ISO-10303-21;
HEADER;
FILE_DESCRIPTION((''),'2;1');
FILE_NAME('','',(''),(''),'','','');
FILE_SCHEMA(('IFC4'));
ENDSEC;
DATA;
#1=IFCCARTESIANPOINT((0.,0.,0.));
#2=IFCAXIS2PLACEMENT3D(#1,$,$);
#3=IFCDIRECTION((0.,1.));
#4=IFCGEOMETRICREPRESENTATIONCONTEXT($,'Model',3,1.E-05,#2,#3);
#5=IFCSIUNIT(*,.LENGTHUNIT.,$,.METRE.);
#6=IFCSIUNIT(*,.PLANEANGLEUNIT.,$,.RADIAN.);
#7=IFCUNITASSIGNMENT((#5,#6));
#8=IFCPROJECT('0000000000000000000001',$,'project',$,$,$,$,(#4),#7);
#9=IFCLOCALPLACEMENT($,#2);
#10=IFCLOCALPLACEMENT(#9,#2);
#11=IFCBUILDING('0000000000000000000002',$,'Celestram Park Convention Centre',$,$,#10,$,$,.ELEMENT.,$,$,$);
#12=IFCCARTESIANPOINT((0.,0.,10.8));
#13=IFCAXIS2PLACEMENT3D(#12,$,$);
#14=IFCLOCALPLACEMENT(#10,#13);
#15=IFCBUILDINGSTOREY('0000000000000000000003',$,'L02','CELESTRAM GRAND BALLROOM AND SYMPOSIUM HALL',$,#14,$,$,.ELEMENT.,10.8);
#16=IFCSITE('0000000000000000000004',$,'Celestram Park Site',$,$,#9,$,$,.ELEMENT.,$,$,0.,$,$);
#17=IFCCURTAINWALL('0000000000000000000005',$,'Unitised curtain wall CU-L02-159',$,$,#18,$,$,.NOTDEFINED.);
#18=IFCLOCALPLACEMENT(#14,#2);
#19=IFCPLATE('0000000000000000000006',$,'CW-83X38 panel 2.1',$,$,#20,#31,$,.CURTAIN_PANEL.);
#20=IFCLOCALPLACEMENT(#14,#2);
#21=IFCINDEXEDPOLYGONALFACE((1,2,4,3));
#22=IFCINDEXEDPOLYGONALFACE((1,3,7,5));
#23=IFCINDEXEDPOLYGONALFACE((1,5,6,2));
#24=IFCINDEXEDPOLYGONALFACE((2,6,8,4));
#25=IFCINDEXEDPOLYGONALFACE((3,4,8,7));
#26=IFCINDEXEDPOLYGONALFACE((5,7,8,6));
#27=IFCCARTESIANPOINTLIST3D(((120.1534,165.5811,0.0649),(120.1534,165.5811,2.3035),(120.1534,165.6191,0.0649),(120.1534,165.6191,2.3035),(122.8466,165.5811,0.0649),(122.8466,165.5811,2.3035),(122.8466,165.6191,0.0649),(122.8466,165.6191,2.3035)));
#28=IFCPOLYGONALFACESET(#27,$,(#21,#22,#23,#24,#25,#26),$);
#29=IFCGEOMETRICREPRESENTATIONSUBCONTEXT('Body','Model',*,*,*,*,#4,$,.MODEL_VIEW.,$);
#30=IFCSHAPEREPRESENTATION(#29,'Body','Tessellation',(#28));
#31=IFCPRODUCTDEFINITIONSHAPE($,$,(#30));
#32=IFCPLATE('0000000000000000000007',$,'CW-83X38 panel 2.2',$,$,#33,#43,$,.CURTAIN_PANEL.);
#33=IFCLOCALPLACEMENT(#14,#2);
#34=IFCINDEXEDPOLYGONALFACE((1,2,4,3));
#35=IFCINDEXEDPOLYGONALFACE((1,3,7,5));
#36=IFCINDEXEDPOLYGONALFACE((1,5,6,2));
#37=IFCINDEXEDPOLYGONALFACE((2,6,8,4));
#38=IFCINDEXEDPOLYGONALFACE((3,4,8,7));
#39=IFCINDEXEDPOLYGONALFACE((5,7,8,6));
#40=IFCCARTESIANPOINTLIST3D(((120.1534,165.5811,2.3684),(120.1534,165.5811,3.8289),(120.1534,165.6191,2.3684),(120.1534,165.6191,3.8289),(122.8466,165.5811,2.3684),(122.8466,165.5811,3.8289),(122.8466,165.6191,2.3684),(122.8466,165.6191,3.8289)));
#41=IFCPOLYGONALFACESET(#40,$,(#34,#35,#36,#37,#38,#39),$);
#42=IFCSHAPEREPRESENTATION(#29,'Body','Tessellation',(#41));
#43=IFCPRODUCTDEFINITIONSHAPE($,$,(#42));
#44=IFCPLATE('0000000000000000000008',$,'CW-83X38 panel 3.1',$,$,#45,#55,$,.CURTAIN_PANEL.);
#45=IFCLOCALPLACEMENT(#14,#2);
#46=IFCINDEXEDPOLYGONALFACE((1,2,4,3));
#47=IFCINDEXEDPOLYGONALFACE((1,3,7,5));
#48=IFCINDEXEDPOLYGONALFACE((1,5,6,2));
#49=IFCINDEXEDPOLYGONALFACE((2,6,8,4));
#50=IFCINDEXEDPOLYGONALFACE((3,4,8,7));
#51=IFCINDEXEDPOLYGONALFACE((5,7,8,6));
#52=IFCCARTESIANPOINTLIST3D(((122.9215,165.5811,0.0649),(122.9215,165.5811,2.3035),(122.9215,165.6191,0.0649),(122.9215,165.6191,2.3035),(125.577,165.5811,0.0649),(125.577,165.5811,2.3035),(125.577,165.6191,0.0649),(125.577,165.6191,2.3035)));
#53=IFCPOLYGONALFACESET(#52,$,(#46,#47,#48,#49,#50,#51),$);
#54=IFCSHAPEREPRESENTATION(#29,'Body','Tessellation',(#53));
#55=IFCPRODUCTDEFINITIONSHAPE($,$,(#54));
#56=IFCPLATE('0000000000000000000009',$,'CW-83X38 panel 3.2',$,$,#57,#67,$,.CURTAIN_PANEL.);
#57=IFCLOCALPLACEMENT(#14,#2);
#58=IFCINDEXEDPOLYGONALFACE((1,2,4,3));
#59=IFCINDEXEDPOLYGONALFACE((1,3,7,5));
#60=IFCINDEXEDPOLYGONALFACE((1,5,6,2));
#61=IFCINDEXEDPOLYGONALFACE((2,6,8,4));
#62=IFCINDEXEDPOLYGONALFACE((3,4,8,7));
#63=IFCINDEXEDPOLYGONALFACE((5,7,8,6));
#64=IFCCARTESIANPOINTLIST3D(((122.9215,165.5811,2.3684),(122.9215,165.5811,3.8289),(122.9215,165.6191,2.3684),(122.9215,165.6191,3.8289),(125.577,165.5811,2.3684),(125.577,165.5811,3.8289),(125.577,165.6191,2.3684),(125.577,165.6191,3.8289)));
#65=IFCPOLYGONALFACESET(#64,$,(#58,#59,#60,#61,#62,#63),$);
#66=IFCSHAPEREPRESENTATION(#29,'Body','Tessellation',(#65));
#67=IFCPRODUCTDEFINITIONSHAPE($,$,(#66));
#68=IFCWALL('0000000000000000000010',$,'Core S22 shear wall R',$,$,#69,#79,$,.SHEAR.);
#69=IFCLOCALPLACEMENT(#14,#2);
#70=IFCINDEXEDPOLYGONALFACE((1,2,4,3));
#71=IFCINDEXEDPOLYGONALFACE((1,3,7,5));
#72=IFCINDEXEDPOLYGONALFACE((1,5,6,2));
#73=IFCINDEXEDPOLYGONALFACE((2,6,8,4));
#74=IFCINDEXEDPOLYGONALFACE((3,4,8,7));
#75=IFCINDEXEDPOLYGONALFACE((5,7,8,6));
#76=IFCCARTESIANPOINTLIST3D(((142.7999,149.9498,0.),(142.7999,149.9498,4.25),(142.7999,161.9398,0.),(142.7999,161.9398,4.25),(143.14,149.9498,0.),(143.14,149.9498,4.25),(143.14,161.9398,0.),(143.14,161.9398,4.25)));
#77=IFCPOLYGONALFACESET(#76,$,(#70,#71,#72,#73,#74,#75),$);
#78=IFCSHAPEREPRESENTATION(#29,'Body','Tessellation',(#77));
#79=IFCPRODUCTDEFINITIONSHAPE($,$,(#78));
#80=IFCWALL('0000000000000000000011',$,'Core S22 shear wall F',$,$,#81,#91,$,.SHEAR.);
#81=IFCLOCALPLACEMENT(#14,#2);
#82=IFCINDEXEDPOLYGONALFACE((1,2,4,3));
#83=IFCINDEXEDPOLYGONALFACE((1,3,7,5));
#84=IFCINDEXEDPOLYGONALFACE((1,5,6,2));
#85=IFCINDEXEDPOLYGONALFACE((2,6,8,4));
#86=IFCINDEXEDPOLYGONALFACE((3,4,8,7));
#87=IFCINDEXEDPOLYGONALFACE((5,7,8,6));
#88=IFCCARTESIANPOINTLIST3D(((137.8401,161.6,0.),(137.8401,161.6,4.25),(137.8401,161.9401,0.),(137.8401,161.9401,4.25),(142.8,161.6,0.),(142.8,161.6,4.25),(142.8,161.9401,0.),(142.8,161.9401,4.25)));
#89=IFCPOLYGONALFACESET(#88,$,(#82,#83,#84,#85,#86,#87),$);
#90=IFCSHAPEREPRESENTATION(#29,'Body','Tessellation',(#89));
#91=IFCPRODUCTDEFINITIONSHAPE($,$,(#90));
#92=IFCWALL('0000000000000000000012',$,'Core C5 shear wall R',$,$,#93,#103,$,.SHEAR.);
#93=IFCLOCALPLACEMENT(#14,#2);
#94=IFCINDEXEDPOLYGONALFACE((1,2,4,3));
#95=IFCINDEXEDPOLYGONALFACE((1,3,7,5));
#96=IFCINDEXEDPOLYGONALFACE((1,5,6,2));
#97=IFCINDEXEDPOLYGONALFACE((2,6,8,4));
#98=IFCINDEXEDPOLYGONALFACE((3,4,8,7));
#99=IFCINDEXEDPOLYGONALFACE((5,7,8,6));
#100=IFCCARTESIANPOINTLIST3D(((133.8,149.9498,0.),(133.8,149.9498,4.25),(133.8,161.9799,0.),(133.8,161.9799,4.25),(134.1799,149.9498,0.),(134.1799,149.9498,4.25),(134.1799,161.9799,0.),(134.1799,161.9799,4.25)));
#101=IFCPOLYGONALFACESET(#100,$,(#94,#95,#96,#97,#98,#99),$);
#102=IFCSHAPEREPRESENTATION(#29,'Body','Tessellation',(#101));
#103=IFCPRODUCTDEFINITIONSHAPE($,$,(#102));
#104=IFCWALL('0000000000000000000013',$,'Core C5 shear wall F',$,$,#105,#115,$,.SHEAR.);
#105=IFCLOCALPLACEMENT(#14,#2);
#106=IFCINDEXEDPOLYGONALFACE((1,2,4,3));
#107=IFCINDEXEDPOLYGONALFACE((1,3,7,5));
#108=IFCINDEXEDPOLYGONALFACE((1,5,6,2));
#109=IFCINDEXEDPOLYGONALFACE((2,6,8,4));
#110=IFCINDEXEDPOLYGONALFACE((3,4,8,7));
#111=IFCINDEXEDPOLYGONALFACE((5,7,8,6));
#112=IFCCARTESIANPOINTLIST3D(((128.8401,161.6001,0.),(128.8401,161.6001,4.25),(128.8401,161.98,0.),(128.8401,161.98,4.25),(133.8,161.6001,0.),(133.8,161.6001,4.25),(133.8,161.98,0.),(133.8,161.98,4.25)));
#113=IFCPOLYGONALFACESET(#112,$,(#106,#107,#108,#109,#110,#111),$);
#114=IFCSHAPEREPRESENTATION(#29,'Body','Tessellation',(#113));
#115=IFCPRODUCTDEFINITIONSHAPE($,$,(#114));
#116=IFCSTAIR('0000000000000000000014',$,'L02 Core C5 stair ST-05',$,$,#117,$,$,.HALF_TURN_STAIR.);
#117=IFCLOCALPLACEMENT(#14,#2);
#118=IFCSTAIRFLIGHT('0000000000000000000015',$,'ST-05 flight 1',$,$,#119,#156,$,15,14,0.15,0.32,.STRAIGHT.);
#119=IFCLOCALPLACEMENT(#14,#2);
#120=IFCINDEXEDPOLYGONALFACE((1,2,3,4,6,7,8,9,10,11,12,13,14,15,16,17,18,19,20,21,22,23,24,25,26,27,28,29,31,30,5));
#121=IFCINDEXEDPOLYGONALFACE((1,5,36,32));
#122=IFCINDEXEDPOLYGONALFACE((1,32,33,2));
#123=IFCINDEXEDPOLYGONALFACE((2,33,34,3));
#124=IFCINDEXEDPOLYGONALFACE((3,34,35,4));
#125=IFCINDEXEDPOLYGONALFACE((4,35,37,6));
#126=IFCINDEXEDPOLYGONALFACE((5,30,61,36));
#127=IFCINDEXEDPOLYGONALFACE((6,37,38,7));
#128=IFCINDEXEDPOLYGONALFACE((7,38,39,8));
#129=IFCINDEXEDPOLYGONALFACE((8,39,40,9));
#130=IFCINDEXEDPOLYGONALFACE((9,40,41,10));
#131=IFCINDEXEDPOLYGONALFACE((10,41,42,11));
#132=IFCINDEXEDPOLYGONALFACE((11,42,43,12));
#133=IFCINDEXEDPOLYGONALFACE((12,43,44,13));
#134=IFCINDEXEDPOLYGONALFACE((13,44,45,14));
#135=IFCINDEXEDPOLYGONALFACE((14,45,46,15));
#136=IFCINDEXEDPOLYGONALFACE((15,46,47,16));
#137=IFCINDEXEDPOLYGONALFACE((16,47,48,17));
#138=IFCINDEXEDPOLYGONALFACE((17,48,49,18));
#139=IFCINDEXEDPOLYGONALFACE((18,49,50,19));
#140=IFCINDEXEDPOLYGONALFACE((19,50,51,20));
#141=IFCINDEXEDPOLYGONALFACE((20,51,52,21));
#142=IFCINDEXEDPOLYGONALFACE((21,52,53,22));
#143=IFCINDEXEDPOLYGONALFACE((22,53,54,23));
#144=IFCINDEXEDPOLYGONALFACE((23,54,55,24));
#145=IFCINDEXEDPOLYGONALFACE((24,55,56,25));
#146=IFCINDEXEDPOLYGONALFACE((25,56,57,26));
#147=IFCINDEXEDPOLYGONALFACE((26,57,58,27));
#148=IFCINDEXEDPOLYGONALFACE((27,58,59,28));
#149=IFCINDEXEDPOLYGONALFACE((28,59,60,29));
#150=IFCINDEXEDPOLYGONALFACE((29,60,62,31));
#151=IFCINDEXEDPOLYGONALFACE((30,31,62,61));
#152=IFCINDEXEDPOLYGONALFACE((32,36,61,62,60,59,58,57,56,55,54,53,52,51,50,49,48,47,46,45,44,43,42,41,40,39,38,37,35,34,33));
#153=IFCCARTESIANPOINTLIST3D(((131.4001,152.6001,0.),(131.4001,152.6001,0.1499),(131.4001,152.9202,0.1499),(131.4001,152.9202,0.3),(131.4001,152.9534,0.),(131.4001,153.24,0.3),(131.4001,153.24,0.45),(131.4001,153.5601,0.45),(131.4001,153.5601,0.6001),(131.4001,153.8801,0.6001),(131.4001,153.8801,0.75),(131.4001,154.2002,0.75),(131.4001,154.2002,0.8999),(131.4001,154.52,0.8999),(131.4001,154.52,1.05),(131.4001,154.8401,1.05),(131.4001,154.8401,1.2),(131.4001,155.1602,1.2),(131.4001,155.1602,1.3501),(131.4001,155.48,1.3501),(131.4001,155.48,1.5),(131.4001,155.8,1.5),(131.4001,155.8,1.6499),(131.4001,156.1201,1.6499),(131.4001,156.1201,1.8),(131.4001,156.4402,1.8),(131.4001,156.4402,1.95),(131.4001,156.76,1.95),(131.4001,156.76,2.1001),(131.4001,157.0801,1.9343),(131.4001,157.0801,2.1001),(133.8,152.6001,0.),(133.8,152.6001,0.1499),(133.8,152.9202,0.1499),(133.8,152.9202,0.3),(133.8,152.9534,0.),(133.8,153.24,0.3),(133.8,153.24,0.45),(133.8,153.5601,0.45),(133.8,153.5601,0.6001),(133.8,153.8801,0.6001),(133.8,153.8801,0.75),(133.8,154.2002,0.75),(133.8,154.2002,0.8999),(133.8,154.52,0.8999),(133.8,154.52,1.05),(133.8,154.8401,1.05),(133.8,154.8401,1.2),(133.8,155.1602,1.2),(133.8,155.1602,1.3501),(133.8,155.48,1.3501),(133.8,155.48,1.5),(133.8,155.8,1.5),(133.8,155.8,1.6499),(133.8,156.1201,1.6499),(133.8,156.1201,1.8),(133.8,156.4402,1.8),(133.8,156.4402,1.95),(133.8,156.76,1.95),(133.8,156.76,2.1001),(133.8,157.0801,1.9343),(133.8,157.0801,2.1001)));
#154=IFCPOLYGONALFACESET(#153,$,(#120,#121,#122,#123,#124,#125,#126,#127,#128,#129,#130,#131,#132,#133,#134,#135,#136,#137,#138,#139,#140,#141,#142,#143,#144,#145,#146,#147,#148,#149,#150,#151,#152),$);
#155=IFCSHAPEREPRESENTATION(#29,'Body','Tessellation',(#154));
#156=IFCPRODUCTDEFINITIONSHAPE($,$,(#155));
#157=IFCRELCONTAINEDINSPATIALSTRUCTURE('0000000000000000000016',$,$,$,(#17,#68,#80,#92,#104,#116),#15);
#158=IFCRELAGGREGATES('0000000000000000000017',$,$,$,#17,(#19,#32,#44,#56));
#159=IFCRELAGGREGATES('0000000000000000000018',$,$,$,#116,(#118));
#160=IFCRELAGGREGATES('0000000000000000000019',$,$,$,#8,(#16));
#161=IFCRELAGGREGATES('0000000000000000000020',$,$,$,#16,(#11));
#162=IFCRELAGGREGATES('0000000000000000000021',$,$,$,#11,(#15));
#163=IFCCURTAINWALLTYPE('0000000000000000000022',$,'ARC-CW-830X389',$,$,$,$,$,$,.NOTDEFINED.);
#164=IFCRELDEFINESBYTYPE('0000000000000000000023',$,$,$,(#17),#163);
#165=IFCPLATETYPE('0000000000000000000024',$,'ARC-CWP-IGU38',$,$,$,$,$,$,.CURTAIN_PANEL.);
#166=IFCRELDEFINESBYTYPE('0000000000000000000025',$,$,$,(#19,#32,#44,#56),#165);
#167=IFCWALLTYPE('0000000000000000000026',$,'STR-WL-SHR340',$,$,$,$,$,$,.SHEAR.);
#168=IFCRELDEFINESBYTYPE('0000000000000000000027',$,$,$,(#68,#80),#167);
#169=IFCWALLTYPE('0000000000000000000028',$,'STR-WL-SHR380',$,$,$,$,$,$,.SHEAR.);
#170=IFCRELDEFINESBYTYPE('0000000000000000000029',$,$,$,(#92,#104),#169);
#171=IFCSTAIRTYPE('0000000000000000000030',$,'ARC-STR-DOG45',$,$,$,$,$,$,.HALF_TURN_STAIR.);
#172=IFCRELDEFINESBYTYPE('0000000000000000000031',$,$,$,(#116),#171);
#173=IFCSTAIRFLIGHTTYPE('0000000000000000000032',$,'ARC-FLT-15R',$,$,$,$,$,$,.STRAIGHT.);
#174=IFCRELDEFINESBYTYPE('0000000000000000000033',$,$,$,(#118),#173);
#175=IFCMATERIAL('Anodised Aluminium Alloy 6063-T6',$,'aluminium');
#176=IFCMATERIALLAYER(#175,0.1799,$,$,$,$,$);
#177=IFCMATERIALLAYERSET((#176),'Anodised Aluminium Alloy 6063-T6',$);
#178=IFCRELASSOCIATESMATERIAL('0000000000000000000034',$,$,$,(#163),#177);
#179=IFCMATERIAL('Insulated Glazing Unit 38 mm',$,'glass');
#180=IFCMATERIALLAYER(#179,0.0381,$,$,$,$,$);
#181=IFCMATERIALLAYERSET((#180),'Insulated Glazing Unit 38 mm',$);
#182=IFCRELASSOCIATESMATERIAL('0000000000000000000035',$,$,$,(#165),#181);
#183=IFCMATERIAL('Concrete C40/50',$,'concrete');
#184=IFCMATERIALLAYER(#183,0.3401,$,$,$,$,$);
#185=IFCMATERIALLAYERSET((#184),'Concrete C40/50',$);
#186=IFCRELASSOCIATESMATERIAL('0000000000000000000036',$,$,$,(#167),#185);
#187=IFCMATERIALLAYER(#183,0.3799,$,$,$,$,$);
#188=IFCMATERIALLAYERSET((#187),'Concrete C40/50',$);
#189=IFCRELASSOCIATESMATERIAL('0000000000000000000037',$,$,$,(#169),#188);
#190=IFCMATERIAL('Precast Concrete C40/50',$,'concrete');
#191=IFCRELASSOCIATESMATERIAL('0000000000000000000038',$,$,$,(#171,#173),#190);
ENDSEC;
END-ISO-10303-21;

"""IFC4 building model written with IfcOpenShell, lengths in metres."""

from ifc_helpers import new_model, si_unit, direction, frame, frame_2d, origin, origin_2d, place, context, subcontext, project, spatial, polyline, rectangle, outline, extrude, material, layer, layer_set, type_object, element, aggregate, save


model = new_model("IFC4")

# Units and contexts
model_context = context("Model", 3, precision=1e-05, world=origin(), true_north=direction((0.0, 1.0)))
body_context = subcontext(model_context, "Body", "Model", "MODEL_VIEW")
ifc_project = project(units=[si_unit("LENGTHUNIT", "METRE"), si_unit("PLANEANGLEUNIT", "RADIAN")], contexts=[model_context])

# Site, building, storey
site_placement = place(None, origin())
site = spatial("IfcSite", under=ifc_project, at=site_placement, Name="Celestram Park Site", CompositionType="ELEMENT", RefElevation=0.0)
building_placement = place(site_placement, origin())
building = spatial("IfcBuilding", under=site, at=building_placement, Name="Celestram Park Convention Centre", CompositionType="ELEMENT")
storey_placement = place(building_placement, frame((0.0, 0.0, 10.8)))
storey = spatial("IfcBuildingStorey", under=building, at=storey_placement, Name="L02", Description="CELESTRAM GRAND BALLROOM AND SYMPOSIUM HALL", CompositionType="ELEMENT", Elevation=10.8)

# Shared definitions
ifc_material_1 = material(Name="Concrete C40/50", Category="concrete")

# Curtain wall
ifc_material_2 = material(Name="Anodised Aluminium Alloy 6063-T6", Category="aluminium")
ifc_layer_1 = layer(ifc_material_2, 0.1799)
ifc_layer_set_1 = layer_set([ifc_layer_1], Name="Anodised Aluminium Alloy 6063-T6")
curtain_wall_type = type_object("IfcCurtainWallType", Name="ARC-CW-830X389", PredefinedType="NOTDEFINED", material=ifc_layer_set_1)
curtain_wall_placement = place(storey_placement, origin())
curtain_wall = element("IfcCurtainWall", 1, at=curtain_wall_placement, inside=storey, type_object=curtain_wall_type, Name="Unitised curtain wall CU-L02-159", PredefinedType="NOTDEFINED")

# Plates
ifc_material_3 = material(Name="Insulated Glazing Unit 38 mm", Category="glass")
ifc_layer_2 = layer(ifc_material_3, 0.0381)
ifc_layer_set_2 = layer_set([ifc_layer_2], Name="Insulated Glazing Unit 38 mm")
plate_type = type_object("IfcPlateType", Name="ARC-CWP-IGU38", PredefinedType="CURTAIN_PANEL", material=ifc_layer_set_2)
plate_1_placement = place(storey_placement, frame((121.5, 165.6001, 0.0649), z_axis=(0.0, 0.0, 1.0), x_axis=(1.0, 0.0, 0.0)))
plate_1 = element("IfcPlate", 2, at=plate_1_placement, type_object=plate_type, Name="CW-83X38 panel 2.1", PredefinedType="CURTAIN_PANEL", context=body_context, shape_type="SweptSolid", body=[
    extrude(rectangle(XDim=2.6931, YDim=0.0381, at=origin_2d()), origin(), (0.0, 0.0, 1.0), 2.2385),
])
plate_2_placement = place(storey_placement, frame((121.5, 165.6001, 2.3684), z_axis=(0.0, 0.0, 1.0), x_axis=(1.0, 0.0, 0.0)))
plate_2 = element("IfcPlate", 3, at=plate_2_placement, type_object=plate_type, Name="CW-83X38 panel 2.2", PredefinedType="CURTAIN_PANEL", context=body_context, shape_type="SweptSolid", body=[
    extrude(rectangle(XDim=2.6931, YDim=0.0381, at=origin_2d()), origin(), (0.0, 0.0, 1.0), 1.4604),
])
plate_3_placement = place(storey_placement, frame((124.2493, 165.6001, 0.0649), z_axis=(0.0, 0.0, 1.0), x_axis=(1.0, 0.0, 0.0)))
plate_3 = element("IfcPlate", 4, at=plate_3_placement, type_object=plate_type, Name="CW-83X38 panel 3.1", PredefinedType="CURTAIN_PANEL", context=body_context, shape_type="SweptSolid", body=[
    extrude(rectangle(XDim=2.6555, YDim=0.0381, at=origin_2d()), origin(), (0.0, 0.0, 1.0), 2.2385),
])
plate_4_placement = place(storey_placement, frame((124.2493, 165.6001, 2.3684), z_axis=(0.0, 0.0, 1.0), x_axis=(1.0, 0.0, 0.0)))
plate_4 = element("IfcPlate", 5, at=plate_4_placement, type_object=plate_type, Name="CW-83X38 panel 3.2", PredefinedType="CURTAIN_PANEL", context=body_context, shape_type="SweptSolid", body=[
    extrude(rectangle(XDim=2.6555, YDim=0.0381, at=origin_2d()), origin(), (0.0, 0.0, 1.0), 1.4604),
])
aggregate(curtain_wall, [plate_1, plate_2, plate_3, plate_4])

# Walls
ifc_layer_3 = layer(ifc_material_1, 0.3401)
ifc_layer_set_3 = layer_set([ifc_layer_3], Name="Concrete C40/50")
wall_type_1 = type_object("IfcWallType", Name="STR-WL-SHR340", PredefinedType="SHEAR", material=ifc_layer_set_3)
wall_1_placement = place(storey_placement, frame((142.97, 161.9399, 0.0), z_axis=(0.0, 0.0, 1.0), x_axis=(0.0, -1.0, 0.0)))
element("IfcWall", 6, at=wall_1_placement, inside=storey, type_object=wall_type_1, Name="Core S22 shear wall R", PredefinedType="SHEAR", context=body_context, shape_type="SweptSolid", body=[
    extrude(rectangle(XDim=11.99, YDim=0.3401, at=frame_2d((5.9951, 0.0))), origin(), (0.0, 0.0, 1.0), 4.25),
])
wall_2_placement = place(storey_placement, frame((137.8401, 161.77, 0.0), z_axis=(0.0, 0.0, 1.0), x_axis=(1.0, 0.0, 0.0)))
element("IfcWall", 7, at=wall_2_placement, inside=storey, type_object=wall_type_1, Name="Core S22 shear wall F", PredefinedType="SHEAR", context=body_context, shape_type="SweptSolid", body=[
    extrude(rectangle(XDim=4.96, YDim=0.3401, at=frame_2d((2.48, 0.0))), origin(), (0.0, 0.0, 1.0), 4.25),
])
ifc_layer_4 = layer(ifc_material_1, 0.3799)
ifc_layer_set_4 = layer_set([ifc_layer_4], Name="Concrete C40/50")
wall_type_2 = type_object("IfcWallType", Name="STR-WL-SHR380", PredefinedType="SHEAR", material=ifc_layer_set_4)
wall_3_placement = place(storey_placement, frame((133.99, 161.98, 0.0), z_axis=(0.0, 0.0, 1.0), x_axis=(0.0, -1.0, 0.0)))
element("IfcWall", 8, at=wall_3_placement, inside=storey, type_object=wall_type_2, Name="Core C5 shear wall R", PredefinedType="SHEAR", context=body_context, shape_type="SweptSolid", body=[
    extrude(rectangle(XDim=12.03, YDim=0.3799, at=frame_2d((6.0151, 0.0))), origin(), (0.0, 0.0, 1.0), 4.25),
])
wall_4_placement = place(storey_placement, frame((128.8401, 161.79, 0.0), z_axis=(0.0, 0.0, 1.0), x_axis=(1.0, 0.0, 0.0)))
element("IfcWall", 9, at=wall_4_placement, inside=storey, type_object=wall_type_2, Name="Core C5 shear wall F", PredefinedType="SHEAR", context=body_context, shape_type="SweptSolid", body=[
    extrude(rectangle(XDim=4.96, YDim=0.3799, at=frame_2d((2.48, 0.0))), origin(), (0.0, 0.0, 1.0), 4.25),
])

# Stair, stair flight
ifc_material_4 = material(Name="Precast Concrete C40/50", Category="concrete")
stair_type = type_object("IfcStairType", Name="ARC-STR-DOG45", PredefinedType="HALF_TURN_STAIR", material=ifc_material_4)
stair_placement = place(storey_placement, origin())
stair = element("IfcStair", 10, at=stair_placement, inside=storey, type_object=stair_type, Name="L02 Core C5 stair ST-05", PredefinedType="HALF_TURN_STAIR")
stair_flight_type = type_object("IfcStairFlightType", Name="ARC-FLT-15R", PredefinedType="STRAIGHT", material=ifc_material_4)
stair_flight_1_placement = place(storey_placement, frame((132.6001, 152.6001, 0.0), z_axis=(0.0, 0.0, 1.0), x_axis=(0.0, 1.0, 0.0)))
stair_flight_1 = element("IfcStairFlight", 11, at=stair_flight_1_placement, type_object=stair_flight_type, Name="ST-05 flight 1", NumberOfRisers=15, NumberOfTreads=14, PredefinedType="STRAIGHT", RiserHeight=0.15, TreadLength=0.32, context=body_context, shape_type="SweptSolid", body=[
    extrude(outline(polyline([(0.0, 0.0), (0.0, 0.1499), (0.3201, 0.1499), (0.3201, 0.3), (0.6399, 0.3), (0.6399, 0.45), (0.96, 0.45), (0.96, 0.6001), (1.28, 0.6001), (1.28, 0.75), (1.6001, 0.75), (1.6001, 0.8999), (1.9199, 0.8999), (1.9199, 1.05), (2.24, 1.05), (2.24, 1.2), (2.5601, 1.2), (2.5601, 1.3501), (2.8799, 1.3501), (2.8799, 1.5), (3.2, 1.5), (3.2, 1.6499), (3.52, 1.6499), (3.52, 1.8), (3.8401, 1.8), (3.8401, 1.95), (4.1599, 1.95), (4.1599, 2.1001), (4.48, 2.1001), (4.48, 2.25), (4.48, 1.9343), (0.3533, 0.0), (0.0, 0.0)])), frame((0.0, 1.2, 0.0), z_axis=(0.0, -1.0, 0.0), x_axis=(1.0, 0.0, 0.0)), (0.0, 0.0, 1.0), 2.3999),
])
aggregate(stair, [stair_flight_1])

save(model, "model.ifc")
